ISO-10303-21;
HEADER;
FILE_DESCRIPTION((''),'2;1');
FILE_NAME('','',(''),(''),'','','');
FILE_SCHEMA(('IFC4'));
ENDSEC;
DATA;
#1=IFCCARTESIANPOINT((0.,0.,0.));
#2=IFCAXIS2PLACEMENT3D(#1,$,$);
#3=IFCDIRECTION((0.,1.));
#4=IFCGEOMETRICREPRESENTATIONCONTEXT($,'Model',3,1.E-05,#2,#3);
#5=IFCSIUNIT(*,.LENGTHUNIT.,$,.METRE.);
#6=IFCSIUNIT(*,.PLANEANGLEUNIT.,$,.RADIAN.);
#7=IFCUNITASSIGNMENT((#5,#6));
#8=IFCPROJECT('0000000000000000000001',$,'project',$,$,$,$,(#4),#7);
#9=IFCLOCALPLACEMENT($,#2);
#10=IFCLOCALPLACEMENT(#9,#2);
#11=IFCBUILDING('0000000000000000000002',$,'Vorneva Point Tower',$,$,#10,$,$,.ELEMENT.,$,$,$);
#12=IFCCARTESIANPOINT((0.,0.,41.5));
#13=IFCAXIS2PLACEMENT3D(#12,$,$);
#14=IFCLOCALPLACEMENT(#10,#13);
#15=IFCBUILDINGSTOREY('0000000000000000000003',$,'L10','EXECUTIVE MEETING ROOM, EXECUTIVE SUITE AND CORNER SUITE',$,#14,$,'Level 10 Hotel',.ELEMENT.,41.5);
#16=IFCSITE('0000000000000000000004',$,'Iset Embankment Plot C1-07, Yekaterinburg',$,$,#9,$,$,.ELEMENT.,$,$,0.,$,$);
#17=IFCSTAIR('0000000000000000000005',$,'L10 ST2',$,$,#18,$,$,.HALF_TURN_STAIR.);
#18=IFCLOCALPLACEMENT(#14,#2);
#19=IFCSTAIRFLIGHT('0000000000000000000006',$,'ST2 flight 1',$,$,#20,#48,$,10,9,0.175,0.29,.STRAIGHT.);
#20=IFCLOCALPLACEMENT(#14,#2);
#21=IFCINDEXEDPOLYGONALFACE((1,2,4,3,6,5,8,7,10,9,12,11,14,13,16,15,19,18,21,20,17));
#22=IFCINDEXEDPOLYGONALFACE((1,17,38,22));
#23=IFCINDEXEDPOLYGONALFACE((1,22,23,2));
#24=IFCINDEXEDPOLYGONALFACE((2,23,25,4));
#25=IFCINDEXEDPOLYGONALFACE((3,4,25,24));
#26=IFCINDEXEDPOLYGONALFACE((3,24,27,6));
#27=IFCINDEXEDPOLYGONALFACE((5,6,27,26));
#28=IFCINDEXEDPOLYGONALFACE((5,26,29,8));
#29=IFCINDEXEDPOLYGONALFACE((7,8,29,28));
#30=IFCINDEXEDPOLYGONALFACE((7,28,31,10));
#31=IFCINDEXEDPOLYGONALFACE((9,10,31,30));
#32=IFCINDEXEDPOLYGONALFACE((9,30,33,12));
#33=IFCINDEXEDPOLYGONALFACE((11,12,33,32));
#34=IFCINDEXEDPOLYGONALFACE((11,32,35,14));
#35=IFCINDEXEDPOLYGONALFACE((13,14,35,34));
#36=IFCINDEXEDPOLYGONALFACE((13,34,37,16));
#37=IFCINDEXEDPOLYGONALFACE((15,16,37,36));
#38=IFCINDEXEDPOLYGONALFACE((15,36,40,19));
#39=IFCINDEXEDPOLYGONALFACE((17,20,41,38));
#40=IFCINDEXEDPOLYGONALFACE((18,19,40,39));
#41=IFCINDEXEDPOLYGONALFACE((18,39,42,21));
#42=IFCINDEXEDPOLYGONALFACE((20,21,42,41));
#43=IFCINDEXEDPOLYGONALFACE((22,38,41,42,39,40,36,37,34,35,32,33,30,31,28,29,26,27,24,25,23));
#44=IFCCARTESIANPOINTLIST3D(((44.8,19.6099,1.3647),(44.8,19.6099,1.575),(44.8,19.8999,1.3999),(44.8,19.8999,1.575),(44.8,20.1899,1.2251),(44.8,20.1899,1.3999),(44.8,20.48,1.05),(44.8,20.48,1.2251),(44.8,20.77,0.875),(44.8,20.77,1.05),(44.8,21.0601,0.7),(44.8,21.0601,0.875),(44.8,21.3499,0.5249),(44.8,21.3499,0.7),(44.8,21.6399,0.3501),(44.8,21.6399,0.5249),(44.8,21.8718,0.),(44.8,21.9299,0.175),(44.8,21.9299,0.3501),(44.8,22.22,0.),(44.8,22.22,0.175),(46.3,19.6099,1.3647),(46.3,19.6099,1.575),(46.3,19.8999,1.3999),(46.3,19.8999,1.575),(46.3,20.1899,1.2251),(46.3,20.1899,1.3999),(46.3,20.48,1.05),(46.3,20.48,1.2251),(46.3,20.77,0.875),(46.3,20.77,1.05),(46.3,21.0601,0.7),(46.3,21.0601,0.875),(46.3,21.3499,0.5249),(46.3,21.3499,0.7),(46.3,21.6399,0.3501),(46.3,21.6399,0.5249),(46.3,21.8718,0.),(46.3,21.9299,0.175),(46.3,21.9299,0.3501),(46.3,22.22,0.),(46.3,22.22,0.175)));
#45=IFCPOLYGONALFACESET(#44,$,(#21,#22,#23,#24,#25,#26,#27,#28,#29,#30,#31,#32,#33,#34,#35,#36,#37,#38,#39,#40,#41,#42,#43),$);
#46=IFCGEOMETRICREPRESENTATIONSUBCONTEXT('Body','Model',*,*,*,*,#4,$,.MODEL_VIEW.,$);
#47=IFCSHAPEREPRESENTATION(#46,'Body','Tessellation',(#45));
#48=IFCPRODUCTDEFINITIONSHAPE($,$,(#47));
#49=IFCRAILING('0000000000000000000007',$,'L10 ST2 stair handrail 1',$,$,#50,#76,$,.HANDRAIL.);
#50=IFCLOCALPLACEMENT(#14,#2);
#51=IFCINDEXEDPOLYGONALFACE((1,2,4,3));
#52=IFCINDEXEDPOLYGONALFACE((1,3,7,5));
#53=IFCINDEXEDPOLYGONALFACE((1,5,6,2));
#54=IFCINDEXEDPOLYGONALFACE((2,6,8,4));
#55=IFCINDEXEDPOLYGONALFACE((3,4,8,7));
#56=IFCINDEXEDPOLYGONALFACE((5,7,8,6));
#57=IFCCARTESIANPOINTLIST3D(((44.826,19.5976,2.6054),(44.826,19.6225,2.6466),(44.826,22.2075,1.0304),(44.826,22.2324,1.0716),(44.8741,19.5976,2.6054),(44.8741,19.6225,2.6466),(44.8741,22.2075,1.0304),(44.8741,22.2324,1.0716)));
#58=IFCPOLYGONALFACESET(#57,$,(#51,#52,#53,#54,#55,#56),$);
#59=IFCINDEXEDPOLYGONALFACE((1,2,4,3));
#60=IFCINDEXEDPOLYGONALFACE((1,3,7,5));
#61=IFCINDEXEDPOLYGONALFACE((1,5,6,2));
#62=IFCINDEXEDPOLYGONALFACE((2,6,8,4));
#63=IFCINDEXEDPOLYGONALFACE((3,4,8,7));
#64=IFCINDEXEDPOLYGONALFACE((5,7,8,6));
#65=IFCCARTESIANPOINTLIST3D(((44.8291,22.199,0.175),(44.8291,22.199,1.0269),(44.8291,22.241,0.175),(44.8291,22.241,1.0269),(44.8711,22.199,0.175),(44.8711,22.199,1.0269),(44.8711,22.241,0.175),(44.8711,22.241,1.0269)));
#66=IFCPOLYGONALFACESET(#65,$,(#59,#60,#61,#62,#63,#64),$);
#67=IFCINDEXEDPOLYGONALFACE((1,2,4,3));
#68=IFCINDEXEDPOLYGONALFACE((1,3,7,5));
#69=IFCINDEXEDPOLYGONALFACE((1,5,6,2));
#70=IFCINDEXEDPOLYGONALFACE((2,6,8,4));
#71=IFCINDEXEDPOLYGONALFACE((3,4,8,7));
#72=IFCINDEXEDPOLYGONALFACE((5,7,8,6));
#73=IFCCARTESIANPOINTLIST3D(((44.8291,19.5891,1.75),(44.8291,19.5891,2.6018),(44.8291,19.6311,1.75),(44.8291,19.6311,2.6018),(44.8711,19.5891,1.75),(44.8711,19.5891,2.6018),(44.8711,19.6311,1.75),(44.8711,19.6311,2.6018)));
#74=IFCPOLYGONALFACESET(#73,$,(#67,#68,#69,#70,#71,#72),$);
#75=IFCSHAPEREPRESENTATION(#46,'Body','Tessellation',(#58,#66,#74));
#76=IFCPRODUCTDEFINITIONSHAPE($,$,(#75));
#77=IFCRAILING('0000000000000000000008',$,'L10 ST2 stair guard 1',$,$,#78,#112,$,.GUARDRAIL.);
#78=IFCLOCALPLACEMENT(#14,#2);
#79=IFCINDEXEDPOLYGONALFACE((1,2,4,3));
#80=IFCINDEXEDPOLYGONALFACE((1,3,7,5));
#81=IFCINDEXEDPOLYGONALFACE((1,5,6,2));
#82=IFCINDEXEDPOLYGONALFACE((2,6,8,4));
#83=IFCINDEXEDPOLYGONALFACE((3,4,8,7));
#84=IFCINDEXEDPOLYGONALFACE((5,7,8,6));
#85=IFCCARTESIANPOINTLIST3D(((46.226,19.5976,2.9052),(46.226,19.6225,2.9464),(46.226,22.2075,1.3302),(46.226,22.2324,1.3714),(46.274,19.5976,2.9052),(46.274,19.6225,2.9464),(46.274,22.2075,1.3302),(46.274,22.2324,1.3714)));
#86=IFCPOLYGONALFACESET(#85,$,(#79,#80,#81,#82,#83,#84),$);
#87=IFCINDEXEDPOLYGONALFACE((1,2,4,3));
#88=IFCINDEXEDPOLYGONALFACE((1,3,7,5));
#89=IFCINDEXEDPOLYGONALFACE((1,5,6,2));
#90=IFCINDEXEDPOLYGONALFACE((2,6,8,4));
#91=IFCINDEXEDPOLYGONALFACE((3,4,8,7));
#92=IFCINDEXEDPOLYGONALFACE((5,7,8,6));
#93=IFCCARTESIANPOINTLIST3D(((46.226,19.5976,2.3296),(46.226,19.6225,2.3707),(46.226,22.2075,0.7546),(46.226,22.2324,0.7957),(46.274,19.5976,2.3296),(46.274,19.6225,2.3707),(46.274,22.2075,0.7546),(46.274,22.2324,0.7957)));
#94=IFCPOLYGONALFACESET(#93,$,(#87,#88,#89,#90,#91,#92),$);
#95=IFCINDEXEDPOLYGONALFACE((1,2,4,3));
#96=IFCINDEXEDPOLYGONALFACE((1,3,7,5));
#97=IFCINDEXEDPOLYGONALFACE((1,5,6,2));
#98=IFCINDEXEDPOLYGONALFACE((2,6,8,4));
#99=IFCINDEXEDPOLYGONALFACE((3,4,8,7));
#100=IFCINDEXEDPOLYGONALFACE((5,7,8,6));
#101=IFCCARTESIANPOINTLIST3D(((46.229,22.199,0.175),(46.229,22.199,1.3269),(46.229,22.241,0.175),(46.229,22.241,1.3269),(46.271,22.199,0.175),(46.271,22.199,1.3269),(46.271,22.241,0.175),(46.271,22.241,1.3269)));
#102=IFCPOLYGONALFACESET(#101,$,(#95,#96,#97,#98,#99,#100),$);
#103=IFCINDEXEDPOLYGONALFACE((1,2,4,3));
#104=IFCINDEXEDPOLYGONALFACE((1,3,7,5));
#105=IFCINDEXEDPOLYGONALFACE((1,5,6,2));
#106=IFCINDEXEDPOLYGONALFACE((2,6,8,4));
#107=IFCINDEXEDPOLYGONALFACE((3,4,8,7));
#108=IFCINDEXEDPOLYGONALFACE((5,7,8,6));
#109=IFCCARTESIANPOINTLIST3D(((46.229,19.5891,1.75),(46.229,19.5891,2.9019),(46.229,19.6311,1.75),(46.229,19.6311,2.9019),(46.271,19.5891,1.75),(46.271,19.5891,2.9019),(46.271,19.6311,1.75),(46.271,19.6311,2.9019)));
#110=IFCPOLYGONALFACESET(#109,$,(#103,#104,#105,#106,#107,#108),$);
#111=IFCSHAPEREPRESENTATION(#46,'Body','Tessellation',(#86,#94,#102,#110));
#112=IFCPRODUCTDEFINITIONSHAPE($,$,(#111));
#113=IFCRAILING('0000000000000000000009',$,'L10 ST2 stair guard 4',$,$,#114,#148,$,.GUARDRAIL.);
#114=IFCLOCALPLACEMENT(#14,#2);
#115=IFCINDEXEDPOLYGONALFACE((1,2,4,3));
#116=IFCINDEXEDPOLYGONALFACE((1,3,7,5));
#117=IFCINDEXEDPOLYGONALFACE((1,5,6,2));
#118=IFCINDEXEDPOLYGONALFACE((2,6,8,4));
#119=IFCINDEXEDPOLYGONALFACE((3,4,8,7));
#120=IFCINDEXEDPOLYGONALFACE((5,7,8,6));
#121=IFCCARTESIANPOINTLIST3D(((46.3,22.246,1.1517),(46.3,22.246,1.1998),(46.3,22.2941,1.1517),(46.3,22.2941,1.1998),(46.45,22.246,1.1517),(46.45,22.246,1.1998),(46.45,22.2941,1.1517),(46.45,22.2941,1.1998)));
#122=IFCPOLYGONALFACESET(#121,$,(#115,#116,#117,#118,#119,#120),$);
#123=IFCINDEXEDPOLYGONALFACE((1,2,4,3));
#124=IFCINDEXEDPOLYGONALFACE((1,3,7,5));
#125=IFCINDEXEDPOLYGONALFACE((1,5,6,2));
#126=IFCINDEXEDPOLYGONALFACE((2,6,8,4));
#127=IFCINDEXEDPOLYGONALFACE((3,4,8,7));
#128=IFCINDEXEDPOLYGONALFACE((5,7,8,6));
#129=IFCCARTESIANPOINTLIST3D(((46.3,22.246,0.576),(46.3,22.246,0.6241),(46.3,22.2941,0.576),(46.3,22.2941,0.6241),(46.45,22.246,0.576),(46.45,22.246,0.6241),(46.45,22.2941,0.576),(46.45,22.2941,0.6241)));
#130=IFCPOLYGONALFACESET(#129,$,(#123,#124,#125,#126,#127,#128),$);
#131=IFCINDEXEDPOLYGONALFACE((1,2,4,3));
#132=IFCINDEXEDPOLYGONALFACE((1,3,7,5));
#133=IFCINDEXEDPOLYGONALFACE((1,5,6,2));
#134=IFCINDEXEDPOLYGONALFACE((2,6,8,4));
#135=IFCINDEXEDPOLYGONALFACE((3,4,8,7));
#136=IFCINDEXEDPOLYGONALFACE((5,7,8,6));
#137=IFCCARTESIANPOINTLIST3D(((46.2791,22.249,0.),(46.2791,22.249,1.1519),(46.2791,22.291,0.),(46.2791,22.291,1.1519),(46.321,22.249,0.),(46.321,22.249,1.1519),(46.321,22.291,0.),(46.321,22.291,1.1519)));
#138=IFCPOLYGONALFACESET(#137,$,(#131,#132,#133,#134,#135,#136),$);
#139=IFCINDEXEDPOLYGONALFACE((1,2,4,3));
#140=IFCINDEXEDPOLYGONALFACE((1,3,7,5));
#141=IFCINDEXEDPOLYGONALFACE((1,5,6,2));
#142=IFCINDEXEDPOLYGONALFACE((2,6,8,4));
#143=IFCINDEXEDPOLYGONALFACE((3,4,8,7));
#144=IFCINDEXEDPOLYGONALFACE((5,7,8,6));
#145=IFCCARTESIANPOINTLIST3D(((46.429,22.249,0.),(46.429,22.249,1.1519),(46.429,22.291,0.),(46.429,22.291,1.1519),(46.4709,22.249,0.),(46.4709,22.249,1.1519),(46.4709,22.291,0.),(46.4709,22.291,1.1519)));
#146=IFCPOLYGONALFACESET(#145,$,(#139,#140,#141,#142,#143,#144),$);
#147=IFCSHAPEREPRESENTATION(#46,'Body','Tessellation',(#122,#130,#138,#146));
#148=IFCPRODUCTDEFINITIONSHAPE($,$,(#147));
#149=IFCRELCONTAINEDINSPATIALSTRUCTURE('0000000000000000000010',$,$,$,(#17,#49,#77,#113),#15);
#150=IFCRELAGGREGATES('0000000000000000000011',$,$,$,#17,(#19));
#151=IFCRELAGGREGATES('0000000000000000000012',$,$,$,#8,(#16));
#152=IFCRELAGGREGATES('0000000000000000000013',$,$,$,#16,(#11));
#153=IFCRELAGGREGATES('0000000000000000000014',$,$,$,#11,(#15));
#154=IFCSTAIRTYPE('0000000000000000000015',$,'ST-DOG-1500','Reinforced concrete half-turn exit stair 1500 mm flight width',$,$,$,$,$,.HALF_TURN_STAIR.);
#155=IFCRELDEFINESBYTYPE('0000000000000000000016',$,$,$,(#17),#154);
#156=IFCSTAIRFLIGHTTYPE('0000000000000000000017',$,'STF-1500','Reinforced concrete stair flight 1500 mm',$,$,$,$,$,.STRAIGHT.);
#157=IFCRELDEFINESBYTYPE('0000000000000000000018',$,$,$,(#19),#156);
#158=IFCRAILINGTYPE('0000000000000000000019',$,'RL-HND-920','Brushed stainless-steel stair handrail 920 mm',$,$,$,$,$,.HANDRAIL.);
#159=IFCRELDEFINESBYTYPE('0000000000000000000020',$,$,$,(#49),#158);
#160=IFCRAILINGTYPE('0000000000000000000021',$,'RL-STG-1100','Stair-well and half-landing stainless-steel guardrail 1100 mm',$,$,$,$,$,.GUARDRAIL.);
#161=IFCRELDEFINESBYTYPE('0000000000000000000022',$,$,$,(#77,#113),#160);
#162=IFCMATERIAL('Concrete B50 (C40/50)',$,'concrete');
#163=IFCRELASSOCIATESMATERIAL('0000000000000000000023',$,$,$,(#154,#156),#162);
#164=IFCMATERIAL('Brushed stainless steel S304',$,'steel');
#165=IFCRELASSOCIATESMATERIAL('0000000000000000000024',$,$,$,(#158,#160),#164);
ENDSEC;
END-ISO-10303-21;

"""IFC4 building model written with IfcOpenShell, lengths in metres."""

from ifc_helpers import new_model, si_unit, direction, frame, origin, origin_2d, place, context, subcontext, project, spatial, polyline, rectangle, outline, extrude, material, type_object, element, aggregate, save


model = new_model("IFC4")

# Units and contexts
model_context = context("Model", 3, precision=1e-05, world=origin(), true_north=direction((0.0, 1.0)))
body_context = subcontext(model_context, "Body", "Model", "MODEL_VIEW")
ifc_project = project(units=[si_unit("LENGTHUNIT", "METRE"), si_unit("PLANEANGLEUNIT", "RADIAN")], contexts=[model_context])

# Site, building, storey
site_placement = place(None, origin())
site = spatial("IfcSite", under=ifc_project, at=site_placement, Name="Iset Embankment Plot C1-07, Yekaterinburg", CompositionType="ELEMENT", RefElevation=0.0)
building_placement = place(site_placement, origin())
building = spatial("IfcBuilding", under=site, at=building_placement, Name="Vorneva Point Tower", CompositionType="ELEMENT")
storey_placement = place(building_placement, frame((0.0, 0.0, 41.5)))
storey = spatial("IfcBuildingStorey", under=building, at=storey_placement, Name="L10", Description="EXECUTIVE MEETING ROOM, EXECUTIVE SUITE AND CORNER SUITE", LongName="Level 10 Hotel", CompositionType="ELEMENT", Elevation=41.5)

# Shared definitions
ifc_material_1 = material(Name="Concrete B50 (C40/50)", Category="concrete")

# Stair, stair flight
stair_type = type_object("IfcStairType", Name="ST-DOG-1500", Description="Reinforced concrete half-turn exit stair 1500 mm flight width", PredefinedType="HALF_TURN_STAIR", material=ifc_material_1)
stair_placement = place(storey_placement, origin())
stair = element("IfcStair", 1, at=stair_placement, inside=storey, type_object=stair_type, Name="L10 ST2", PredefinedType="HALF_TURN_STAIR")
stair_flight_type = type_object("IfcStairFlightType", Name="STF-1500", Description="Reinforced concrete stair flight 1500 mm", PredefinedType="STRAIGHT", material=ifc_material_1)
stair_flight_placement = place(storey_placement, frame((45.55, 22.22, 0.0), z_axis=(0.0, 0.0, 1.0), x_axis=(0.0, -1.0, 0.0)))
stair_flight = element("IfcStairFlight", 2, at=stair_flight_placement, type_object=stair_flight_type, Name="ST2 flight 1", NumberOfRisers=10, NumberOfTreads=9, PredefinedType="STRAIGHT", RiserHeight=0.175, TreadLength=0.29, context=body_context, shape_type="SweptSolid", body=[
    extrude(outline(polyline([(0.0, 0.0), (0.0, 0.175), (0.29, 0.175), (0.29, 0.3501), (0.5801, 0.3501), (0.5801, 0.5249), (0.8701, 0.5249), (0.8701, 0.7), (1.1599, 0.7), (1.1599, 0.875), (1.45, 0.875), (1.45, 1.05), (1.74, 1.05), (1.74, 1.2251), (2.03, 1.2251), (2.03, 1.3999), (2.3201, 1.3999), (2.3201, 1.575), (2.6101, 1.575), (2.6101, 1.75), (2.6101, 1.3647), (0.3481, 0.0), (0.0, 0.0)])), frame((0.0, 0.75, 0.0), z_axis=(0.0, -1.0, 0.0), x_axis=(1.0, 0.0, 0.0)), (0.0, 0.0, 1.0), 1.5),
])
aggregate(stair, [stair_flight])

# Railings
ifc_material_2 = material(Name="Brushed stainless steel S304", Category="steel")
railing_type_1 = type_object("IfcRailingType", Name="RL-HND-920", Description="Brushed stainless-steel stair handrail 920 mm", PredefinedType="HANDRAIL", material=ifc_material_2)
railing_1_placement = place(storey_placement, frame((44.8501, 22.22, 0.175)))
element("IfcRailing", 3, at=railing_1_placement, inside=storey, type_object=railing_type_1, Name="L10 ST2 stair handrail 1", PredefinedType="HANDRAIL", context=body_context, shape_type="SweptSolid", body=[
    extrude(rectangle(XDim=0.0481, YDim=0.0481, at=origin_2d()), frame((0.0, 0.0, 0.876), z_axis=(0.0, -0.856183, 0.516673), x_axis=(1.0, 0.0, 0.0)), (0.0, 0.0, 1.0), 3.0483),
    extrude(rectangle(XDim=0.042, YDim=0.042, at=origin_2d()), origin(), (0.0, 0.0, 1.0), 0.8518),
    extrude(rectangle(XDim=0.042, YDim=0.042, at=origin_2d()), frame((0.0, -2.6099, 1.575)), (0.0, 0.0, 1.0), 0.8518),
])
railing_type_2 = type_object("IfcRailingType", Name="RL-STG-1100", Description="Stair-well and half-landing stainless-steel guardrail 1100 mm", PredefinedType="GUARDRAIL", material=ifc_material_2)
railing_2_placement = place(storey_placement, frame((46.25, 22.22, 0.175)))
element("IfcRailing", 4, at=railing_2_placement, inside=storey, type_object=railing_type_2, Name="L10 ST2 stair guard 1", PredefinedType="GUARDRAIL", context=body_context, shape_type="SweptSolid", body=[
    extrude(rectangle(XDim=0.0481, YDim=0.0481, at=origin_2d()), frame((0.0, 0.0, 1.1758), z_axis=(0.0, -0.856183, 0.516673), x_axis=(1.0, 0.0, 0.0)), (0.0, 0.0, 1.0), 3.0483),
    extrude(rectangle(XDim=0.0481, YDim=0.0481, at=origin_2d()), frame((0.0, 0.0, 0.6001), z_axis=(0.0, -0.856183, 0.516673), x_axis=(1.0, 0.0, 0.0)), (0.0, 0.0, 1.0), 3.0483),
    extrude(rectangle(XDim=0.042, YDim=0.042, at=origin_2d()), origin(), (0.0, 0.0, 1.0), 1.1519),
    extrude(rectangle(XDim=0.042, YDim=0.042, at=origin_2d()), frame((0.0, -2.6099, 1.575)), (0.0, 0.0, 1.0), 1.1519),
])
railing_3_placement = place(storey_placement, frame((46.3, 22.27, 0.0)))
element("IfcRailing", 5, at=railing_3_placement, inside=storey, type_object=railing_type_2, Name="L10 ST2 stair guard 4", PredefinedType="GUARDRAIL", context=body_context, shape_type="SweptSolid", body=[
    extrude(rectangle(XDim=0.0481, YDim=0.0481, at=origin_2d()), frame((0.0, 0.0, 1.1758), z_axis=(1.0, 0.0, 0.0), x_axis=(0.0, 1.0, 0.0)), (0.0, 0.0, 1.0), 0.1499),
    extrude(rectangle(XDim=0.0481, YDim=0.0481, at=origin_2d()), frame((0.0, 0.0, 0.6001), z_axis=(1.0, 0.0, 0.0), x_axis=(0.0, 1.0, 0.0)), (0.0, 0.0, 1.0), 0.1499),
    extrude(rectangle(XDim=0.042, YDim=0.042, at=origin_2d()), origin(), (0.0, 0.0, 1.0), 1.1519),
    extrude(rectangle(XDim=0.042, YDim=0.042, at=origin_2d()), frame((0.1499, 0.0, 0.0)), (0.0, 0.0, 1.0), 1.1519),
])

save(model, "model.ifc")
